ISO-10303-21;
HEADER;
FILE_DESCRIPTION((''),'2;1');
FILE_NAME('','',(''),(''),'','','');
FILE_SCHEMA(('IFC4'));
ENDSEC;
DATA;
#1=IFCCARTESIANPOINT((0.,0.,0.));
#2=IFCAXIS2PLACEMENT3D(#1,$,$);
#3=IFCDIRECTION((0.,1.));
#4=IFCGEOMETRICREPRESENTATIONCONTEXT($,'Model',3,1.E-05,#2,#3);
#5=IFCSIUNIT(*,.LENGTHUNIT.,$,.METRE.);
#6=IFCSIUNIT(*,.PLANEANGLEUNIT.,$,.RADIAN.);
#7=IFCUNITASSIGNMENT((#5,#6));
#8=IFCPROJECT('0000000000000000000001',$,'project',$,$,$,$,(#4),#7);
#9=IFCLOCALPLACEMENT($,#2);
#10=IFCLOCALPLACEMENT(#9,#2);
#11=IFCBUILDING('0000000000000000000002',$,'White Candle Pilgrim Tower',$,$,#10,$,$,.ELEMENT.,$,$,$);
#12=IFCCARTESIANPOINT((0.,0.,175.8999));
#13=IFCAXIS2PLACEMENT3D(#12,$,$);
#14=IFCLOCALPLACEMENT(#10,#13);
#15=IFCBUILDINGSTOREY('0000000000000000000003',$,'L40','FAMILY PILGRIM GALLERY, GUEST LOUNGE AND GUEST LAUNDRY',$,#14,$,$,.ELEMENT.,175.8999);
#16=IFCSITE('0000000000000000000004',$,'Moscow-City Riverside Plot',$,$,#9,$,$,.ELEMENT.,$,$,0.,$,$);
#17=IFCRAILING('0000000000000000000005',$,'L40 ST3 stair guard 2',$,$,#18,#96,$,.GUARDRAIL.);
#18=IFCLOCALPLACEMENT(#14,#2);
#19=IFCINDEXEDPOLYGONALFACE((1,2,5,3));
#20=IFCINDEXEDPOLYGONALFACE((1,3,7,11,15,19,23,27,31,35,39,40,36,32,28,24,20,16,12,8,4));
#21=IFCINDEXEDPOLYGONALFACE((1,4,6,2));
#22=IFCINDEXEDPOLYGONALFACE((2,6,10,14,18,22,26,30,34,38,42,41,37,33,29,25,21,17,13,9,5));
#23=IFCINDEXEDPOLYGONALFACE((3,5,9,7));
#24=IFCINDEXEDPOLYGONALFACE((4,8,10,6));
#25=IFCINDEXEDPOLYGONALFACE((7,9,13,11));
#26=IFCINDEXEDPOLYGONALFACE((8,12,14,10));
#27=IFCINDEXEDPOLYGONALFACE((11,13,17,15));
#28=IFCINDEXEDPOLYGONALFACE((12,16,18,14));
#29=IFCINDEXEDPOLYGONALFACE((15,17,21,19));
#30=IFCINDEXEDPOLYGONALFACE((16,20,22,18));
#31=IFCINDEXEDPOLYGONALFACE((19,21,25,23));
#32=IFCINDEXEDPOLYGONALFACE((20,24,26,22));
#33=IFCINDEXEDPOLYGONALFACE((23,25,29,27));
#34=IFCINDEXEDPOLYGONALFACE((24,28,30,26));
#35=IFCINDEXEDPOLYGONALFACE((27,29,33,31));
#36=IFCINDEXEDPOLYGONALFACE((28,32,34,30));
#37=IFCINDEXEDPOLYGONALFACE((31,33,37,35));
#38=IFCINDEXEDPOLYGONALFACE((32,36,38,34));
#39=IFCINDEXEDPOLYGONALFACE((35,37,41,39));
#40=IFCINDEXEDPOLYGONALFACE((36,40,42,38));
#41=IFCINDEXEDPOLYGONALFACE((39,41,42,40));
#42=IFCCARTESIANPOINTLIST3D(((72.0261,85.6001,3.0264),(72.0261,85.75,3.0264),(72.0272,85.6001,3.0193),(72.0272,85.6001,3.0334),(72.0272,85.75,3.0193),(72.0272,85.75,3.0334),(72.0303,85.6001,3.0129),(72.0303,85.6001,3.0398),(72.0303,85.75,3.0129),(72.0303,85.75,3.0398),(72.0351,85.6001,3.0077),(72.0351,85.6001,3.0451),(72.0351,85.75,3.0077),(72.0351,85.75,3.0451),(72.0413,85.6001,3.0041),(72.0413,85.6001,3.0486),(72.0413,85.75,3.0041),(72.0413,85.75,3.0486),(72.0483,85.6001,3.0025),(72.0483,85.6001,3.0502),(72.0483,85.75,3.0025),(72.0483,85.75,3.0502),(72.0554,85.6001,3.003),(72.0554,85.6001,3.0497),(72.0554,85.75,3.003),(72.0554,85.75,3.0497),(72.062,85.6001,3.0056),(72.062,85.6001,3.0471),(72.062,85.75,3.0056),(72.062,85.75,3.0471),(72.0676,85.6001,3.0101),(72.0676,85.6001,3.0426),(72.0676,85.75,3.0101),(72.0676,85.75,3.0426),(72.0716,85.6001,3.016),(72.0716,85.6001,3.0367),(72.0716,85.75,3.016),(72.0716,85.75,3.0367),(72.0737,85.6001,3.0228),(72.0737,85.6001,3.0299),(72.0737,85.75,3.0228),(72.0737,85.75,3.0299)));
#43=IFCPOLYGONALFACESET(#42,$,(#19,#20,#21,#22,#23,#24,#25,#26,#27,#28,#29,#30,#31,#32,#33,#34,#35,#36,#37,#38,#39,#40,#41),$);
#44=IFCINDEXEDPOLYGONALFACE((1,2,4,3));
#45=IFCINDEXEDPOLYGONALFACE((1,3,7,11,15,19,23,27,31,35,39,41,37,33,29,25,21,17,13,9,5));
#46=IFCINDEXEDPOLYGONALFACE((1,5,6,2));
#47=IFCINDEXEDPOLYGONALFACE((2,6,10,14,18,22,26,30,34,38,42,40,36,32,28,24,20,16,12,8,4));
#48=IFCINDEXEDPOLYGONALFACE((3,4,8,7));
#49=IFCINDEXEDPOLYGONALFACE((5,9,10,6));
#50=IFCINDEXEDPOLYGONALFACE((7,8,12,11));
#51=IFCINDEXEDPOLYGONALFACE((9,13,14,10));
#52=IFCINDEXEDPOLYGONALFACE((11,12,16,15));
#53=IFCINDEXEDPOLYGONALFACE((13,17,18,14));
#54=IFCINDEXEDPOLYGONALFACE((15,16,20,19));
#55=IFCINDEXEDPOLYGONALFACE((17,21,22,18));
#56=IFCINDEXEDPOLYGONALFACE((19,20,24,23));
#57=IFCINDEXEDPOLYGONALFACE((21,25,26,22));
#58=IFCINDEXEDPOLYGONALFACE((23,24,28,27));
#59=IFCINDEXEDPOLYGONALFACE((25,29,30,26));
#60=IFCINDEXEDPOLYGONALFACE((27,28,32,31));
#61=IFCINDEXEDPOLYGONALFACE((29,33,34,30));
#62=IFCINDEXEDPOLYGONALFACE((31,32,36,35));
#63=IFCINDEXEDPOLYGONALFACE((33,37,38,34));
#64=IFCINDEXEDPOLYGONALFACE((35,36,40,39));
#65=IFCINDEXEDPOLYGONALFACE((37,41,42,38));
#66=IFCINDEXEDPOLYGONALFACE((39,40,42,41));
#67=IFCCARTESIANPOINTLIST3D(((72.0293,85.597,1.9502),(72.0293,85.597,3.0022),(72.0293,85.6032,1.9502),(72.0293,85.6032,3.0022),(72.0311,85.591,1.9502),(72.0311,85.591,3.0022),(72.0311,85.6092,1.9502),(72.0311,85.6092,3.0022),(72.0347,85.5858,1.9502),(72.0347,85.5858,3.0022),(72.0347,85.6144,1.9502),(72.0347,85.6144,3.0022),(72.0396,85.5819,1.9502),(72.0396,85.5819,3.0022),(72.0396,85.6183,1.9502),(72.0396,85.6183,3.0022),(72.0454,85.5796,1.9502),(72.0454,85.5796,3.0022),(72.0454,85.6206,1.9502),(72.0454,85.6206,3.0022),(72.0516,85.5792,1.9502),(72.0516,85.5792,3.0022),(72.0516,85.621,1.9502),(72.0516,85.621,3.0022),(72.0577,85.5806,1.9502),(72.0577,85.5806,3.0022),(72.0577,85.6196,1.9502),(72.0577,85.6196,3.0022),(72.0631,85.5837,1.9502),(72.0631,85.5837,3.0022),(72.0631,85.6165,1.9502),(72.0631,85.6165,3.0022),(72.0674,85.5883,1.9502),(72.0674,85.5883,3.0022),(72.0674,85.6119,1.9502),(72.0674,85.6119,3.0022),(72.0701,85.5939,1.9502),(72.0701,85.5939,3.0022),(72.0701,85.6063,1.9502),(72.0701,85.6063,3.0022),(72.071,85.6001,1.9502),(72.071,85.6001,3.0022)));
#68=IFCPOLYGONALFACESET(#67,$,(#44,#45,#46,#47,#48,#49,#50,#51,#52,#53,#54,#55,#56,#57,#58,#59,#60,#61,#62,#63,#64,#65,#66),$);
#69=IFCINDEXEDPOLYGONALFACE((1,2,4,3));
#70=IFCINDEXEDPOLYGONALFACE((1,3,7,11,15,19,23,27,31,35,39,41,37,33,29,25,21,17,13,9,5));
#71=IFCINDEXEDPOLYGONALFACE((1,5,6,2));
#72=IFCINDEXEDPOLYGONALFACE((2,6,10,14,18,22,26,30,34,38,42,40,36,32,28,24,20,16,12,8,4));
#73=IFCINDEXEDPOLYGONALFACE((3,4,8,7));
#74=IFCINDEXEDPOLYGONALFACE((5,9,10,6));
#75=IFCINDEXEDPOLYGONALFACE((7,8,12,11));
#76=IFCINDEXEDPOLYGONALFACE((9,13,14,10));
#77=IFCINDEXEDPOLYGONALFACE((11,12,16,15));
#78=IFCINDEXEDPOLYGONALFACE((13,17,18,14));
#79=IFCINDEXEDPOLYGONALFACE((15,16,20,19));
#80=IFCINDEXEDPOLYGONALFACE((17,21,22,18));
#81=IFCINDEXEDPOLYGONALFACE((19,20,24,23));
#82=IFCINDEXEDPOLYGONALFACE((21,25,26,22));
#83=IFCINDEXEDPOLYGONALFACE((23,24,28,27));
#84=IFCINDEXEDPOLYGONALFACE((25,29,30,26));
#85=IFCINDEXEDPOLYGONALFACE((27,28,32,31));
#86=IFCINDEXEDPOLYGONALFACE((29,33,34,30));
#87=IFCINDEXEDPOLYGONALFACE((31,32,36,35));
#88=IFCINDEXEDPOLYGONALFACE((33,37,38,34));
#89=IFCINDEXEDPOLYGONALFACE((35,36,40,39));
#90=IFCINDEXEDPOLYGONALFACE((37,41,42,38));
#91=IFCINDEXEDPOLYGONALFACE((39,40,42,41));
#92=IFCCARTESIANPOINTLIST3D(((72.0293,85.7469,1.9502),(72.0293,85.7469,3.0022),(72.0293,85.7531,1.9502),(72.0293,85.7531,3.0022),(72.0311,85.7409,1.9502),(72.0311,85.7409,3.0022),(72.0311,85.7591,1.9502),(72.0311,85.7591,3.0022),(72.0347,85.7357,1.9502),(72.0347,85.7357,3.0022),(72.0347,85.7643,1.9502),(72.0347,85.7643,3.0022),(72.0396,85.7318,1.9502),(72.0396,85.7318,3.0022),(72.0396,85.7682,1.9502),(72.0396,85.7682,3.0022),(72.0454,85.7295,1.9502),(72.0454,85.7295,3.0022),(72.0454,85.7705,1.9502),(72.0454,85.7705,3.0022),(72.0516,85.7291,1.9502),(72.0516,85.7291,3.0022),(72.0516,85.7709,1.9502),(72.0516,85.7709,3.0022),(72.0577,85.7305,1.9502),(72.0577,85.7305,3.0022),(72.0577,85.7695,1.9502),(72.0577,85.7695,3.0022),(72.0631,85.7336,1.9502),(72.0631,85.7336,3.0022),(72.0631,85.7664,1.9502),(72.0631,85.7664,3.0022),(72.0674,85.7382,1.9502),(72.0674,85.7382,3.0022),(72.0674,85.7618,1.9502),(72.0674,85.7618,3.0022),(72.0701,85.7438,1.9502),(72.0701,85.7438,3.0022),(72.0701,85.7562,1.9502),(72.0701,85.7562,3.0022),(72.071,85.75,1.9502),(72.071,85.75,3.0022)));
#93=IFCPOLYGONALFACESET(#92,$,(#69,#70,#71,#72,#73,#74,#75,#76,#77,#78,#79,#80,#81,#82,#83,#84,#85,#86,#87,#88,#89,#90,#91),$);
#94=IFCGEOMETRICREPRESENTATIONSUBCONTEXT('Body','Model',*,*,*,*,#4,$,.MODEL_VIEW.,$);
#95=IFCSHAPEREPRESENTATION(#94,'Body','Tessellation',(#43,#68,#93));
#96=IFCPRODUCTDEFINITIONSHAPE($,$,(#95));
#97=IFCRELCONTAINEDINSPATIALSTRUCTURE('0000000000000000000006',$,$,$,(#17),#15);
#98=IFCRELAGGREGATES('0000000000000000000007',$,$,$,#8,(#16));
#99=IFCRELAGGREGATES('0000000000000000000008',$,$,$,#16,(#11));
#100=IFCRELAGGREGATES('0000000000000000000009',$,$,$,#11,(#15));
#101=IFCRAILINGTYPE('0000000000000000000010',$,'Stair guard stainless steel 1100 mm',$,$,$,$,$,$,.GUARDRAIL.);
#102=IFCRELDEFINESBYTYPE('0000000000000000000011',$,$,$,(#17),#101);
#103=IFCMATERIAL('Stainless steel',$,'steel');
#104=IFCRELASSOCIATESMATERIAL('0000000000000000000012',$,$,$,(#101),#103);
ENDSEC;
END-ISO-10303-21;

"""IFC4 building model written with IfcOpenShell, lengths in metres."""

from ifc_helpers import new_model, si_unit, direction, frame, origin, origin_2d, place, context, subcontext, project, spatial, circle, extrude, material, type_object, element, save


model = new_model("IFC4")

# Units and contexts
model_context = context("Model", 3, precision=1e-05, world=origin(), true_north=direction((0.0, 1.0)))
body_context = subcontext(model_context, "Body", "Model", "MODEL_VIEW")
ifc_project = project(units=[si_unit("LENGTHUNIT", "METRE"), si_unit("PLANEANGLEUNIT", "RADIAN")], contexts=[model_context])

# Site, building, storey
site_placement = place(None, origin())
site = spatial("IfcSite", under=ifc_project, at=site_placement, Name="Moscow-City Riverside Plot", CompositionType="ELEMENT", RefElevation=0.0)
building_placement = place(site_placement, origin())
building = spatial("IfcBuilding", under=site, at=building_placement, Name="White Candle Pilgrim Tower", CompositionType="ELEMENT")
storey_placement = place(building_placement, frame((0.0, 0.0, 175.8999)))
storey = spatial("IfcBuildingStorey", under=building, at=storey_placement, Name="L40", Description="FAMILY PILGRIM GALLERY, GUEST LOUNGE AND GUEST LAUNDRY", CompositionType="ELEMENT", Elevation=175.8999)

# Railing
ifc_material_1 = material(Name="Stainless steel", Category="steel")
railing_type_1 = type_object("IfcRailingType", Name="Stair guard stainless steel 1100 mm", PredefinedType="GUARDRAIL", material=ifc_material_1)
railing_1_placement = place(storey_placement, frame((72.05, 85.6001, 1.9502)))
element("IfcRailing", 1, at=railing_1_placement, inside=storey, type_object=railing_type_1, Name="L40 ST3 stair guard 2", PredefinedType="GUARDRAIL", context=body_context, shape_type="SweptSolid", body=[
    extrude(circle(Radius=0.0239, at=origin_2d()), frame((0.0, 0.0, 1.0762), z_axis=(0.0, 1.0, 0.0), x_axis=(-1.0, 0.0, 0.0)), (0.0, 0.0, 1.0), 0.1499),
    extrude(circle(Radius=0.021, at=origin_2d()), origin(), (0.0, 0.0, 1.0), 1.052),
    extrude(circle(Radius=0.021, at=origin_2d()), frame((0.0, 0.1499, 0.0)), (0.0, 0.0, 1.0), 1.052),
])

save(model, "model.ifc")
